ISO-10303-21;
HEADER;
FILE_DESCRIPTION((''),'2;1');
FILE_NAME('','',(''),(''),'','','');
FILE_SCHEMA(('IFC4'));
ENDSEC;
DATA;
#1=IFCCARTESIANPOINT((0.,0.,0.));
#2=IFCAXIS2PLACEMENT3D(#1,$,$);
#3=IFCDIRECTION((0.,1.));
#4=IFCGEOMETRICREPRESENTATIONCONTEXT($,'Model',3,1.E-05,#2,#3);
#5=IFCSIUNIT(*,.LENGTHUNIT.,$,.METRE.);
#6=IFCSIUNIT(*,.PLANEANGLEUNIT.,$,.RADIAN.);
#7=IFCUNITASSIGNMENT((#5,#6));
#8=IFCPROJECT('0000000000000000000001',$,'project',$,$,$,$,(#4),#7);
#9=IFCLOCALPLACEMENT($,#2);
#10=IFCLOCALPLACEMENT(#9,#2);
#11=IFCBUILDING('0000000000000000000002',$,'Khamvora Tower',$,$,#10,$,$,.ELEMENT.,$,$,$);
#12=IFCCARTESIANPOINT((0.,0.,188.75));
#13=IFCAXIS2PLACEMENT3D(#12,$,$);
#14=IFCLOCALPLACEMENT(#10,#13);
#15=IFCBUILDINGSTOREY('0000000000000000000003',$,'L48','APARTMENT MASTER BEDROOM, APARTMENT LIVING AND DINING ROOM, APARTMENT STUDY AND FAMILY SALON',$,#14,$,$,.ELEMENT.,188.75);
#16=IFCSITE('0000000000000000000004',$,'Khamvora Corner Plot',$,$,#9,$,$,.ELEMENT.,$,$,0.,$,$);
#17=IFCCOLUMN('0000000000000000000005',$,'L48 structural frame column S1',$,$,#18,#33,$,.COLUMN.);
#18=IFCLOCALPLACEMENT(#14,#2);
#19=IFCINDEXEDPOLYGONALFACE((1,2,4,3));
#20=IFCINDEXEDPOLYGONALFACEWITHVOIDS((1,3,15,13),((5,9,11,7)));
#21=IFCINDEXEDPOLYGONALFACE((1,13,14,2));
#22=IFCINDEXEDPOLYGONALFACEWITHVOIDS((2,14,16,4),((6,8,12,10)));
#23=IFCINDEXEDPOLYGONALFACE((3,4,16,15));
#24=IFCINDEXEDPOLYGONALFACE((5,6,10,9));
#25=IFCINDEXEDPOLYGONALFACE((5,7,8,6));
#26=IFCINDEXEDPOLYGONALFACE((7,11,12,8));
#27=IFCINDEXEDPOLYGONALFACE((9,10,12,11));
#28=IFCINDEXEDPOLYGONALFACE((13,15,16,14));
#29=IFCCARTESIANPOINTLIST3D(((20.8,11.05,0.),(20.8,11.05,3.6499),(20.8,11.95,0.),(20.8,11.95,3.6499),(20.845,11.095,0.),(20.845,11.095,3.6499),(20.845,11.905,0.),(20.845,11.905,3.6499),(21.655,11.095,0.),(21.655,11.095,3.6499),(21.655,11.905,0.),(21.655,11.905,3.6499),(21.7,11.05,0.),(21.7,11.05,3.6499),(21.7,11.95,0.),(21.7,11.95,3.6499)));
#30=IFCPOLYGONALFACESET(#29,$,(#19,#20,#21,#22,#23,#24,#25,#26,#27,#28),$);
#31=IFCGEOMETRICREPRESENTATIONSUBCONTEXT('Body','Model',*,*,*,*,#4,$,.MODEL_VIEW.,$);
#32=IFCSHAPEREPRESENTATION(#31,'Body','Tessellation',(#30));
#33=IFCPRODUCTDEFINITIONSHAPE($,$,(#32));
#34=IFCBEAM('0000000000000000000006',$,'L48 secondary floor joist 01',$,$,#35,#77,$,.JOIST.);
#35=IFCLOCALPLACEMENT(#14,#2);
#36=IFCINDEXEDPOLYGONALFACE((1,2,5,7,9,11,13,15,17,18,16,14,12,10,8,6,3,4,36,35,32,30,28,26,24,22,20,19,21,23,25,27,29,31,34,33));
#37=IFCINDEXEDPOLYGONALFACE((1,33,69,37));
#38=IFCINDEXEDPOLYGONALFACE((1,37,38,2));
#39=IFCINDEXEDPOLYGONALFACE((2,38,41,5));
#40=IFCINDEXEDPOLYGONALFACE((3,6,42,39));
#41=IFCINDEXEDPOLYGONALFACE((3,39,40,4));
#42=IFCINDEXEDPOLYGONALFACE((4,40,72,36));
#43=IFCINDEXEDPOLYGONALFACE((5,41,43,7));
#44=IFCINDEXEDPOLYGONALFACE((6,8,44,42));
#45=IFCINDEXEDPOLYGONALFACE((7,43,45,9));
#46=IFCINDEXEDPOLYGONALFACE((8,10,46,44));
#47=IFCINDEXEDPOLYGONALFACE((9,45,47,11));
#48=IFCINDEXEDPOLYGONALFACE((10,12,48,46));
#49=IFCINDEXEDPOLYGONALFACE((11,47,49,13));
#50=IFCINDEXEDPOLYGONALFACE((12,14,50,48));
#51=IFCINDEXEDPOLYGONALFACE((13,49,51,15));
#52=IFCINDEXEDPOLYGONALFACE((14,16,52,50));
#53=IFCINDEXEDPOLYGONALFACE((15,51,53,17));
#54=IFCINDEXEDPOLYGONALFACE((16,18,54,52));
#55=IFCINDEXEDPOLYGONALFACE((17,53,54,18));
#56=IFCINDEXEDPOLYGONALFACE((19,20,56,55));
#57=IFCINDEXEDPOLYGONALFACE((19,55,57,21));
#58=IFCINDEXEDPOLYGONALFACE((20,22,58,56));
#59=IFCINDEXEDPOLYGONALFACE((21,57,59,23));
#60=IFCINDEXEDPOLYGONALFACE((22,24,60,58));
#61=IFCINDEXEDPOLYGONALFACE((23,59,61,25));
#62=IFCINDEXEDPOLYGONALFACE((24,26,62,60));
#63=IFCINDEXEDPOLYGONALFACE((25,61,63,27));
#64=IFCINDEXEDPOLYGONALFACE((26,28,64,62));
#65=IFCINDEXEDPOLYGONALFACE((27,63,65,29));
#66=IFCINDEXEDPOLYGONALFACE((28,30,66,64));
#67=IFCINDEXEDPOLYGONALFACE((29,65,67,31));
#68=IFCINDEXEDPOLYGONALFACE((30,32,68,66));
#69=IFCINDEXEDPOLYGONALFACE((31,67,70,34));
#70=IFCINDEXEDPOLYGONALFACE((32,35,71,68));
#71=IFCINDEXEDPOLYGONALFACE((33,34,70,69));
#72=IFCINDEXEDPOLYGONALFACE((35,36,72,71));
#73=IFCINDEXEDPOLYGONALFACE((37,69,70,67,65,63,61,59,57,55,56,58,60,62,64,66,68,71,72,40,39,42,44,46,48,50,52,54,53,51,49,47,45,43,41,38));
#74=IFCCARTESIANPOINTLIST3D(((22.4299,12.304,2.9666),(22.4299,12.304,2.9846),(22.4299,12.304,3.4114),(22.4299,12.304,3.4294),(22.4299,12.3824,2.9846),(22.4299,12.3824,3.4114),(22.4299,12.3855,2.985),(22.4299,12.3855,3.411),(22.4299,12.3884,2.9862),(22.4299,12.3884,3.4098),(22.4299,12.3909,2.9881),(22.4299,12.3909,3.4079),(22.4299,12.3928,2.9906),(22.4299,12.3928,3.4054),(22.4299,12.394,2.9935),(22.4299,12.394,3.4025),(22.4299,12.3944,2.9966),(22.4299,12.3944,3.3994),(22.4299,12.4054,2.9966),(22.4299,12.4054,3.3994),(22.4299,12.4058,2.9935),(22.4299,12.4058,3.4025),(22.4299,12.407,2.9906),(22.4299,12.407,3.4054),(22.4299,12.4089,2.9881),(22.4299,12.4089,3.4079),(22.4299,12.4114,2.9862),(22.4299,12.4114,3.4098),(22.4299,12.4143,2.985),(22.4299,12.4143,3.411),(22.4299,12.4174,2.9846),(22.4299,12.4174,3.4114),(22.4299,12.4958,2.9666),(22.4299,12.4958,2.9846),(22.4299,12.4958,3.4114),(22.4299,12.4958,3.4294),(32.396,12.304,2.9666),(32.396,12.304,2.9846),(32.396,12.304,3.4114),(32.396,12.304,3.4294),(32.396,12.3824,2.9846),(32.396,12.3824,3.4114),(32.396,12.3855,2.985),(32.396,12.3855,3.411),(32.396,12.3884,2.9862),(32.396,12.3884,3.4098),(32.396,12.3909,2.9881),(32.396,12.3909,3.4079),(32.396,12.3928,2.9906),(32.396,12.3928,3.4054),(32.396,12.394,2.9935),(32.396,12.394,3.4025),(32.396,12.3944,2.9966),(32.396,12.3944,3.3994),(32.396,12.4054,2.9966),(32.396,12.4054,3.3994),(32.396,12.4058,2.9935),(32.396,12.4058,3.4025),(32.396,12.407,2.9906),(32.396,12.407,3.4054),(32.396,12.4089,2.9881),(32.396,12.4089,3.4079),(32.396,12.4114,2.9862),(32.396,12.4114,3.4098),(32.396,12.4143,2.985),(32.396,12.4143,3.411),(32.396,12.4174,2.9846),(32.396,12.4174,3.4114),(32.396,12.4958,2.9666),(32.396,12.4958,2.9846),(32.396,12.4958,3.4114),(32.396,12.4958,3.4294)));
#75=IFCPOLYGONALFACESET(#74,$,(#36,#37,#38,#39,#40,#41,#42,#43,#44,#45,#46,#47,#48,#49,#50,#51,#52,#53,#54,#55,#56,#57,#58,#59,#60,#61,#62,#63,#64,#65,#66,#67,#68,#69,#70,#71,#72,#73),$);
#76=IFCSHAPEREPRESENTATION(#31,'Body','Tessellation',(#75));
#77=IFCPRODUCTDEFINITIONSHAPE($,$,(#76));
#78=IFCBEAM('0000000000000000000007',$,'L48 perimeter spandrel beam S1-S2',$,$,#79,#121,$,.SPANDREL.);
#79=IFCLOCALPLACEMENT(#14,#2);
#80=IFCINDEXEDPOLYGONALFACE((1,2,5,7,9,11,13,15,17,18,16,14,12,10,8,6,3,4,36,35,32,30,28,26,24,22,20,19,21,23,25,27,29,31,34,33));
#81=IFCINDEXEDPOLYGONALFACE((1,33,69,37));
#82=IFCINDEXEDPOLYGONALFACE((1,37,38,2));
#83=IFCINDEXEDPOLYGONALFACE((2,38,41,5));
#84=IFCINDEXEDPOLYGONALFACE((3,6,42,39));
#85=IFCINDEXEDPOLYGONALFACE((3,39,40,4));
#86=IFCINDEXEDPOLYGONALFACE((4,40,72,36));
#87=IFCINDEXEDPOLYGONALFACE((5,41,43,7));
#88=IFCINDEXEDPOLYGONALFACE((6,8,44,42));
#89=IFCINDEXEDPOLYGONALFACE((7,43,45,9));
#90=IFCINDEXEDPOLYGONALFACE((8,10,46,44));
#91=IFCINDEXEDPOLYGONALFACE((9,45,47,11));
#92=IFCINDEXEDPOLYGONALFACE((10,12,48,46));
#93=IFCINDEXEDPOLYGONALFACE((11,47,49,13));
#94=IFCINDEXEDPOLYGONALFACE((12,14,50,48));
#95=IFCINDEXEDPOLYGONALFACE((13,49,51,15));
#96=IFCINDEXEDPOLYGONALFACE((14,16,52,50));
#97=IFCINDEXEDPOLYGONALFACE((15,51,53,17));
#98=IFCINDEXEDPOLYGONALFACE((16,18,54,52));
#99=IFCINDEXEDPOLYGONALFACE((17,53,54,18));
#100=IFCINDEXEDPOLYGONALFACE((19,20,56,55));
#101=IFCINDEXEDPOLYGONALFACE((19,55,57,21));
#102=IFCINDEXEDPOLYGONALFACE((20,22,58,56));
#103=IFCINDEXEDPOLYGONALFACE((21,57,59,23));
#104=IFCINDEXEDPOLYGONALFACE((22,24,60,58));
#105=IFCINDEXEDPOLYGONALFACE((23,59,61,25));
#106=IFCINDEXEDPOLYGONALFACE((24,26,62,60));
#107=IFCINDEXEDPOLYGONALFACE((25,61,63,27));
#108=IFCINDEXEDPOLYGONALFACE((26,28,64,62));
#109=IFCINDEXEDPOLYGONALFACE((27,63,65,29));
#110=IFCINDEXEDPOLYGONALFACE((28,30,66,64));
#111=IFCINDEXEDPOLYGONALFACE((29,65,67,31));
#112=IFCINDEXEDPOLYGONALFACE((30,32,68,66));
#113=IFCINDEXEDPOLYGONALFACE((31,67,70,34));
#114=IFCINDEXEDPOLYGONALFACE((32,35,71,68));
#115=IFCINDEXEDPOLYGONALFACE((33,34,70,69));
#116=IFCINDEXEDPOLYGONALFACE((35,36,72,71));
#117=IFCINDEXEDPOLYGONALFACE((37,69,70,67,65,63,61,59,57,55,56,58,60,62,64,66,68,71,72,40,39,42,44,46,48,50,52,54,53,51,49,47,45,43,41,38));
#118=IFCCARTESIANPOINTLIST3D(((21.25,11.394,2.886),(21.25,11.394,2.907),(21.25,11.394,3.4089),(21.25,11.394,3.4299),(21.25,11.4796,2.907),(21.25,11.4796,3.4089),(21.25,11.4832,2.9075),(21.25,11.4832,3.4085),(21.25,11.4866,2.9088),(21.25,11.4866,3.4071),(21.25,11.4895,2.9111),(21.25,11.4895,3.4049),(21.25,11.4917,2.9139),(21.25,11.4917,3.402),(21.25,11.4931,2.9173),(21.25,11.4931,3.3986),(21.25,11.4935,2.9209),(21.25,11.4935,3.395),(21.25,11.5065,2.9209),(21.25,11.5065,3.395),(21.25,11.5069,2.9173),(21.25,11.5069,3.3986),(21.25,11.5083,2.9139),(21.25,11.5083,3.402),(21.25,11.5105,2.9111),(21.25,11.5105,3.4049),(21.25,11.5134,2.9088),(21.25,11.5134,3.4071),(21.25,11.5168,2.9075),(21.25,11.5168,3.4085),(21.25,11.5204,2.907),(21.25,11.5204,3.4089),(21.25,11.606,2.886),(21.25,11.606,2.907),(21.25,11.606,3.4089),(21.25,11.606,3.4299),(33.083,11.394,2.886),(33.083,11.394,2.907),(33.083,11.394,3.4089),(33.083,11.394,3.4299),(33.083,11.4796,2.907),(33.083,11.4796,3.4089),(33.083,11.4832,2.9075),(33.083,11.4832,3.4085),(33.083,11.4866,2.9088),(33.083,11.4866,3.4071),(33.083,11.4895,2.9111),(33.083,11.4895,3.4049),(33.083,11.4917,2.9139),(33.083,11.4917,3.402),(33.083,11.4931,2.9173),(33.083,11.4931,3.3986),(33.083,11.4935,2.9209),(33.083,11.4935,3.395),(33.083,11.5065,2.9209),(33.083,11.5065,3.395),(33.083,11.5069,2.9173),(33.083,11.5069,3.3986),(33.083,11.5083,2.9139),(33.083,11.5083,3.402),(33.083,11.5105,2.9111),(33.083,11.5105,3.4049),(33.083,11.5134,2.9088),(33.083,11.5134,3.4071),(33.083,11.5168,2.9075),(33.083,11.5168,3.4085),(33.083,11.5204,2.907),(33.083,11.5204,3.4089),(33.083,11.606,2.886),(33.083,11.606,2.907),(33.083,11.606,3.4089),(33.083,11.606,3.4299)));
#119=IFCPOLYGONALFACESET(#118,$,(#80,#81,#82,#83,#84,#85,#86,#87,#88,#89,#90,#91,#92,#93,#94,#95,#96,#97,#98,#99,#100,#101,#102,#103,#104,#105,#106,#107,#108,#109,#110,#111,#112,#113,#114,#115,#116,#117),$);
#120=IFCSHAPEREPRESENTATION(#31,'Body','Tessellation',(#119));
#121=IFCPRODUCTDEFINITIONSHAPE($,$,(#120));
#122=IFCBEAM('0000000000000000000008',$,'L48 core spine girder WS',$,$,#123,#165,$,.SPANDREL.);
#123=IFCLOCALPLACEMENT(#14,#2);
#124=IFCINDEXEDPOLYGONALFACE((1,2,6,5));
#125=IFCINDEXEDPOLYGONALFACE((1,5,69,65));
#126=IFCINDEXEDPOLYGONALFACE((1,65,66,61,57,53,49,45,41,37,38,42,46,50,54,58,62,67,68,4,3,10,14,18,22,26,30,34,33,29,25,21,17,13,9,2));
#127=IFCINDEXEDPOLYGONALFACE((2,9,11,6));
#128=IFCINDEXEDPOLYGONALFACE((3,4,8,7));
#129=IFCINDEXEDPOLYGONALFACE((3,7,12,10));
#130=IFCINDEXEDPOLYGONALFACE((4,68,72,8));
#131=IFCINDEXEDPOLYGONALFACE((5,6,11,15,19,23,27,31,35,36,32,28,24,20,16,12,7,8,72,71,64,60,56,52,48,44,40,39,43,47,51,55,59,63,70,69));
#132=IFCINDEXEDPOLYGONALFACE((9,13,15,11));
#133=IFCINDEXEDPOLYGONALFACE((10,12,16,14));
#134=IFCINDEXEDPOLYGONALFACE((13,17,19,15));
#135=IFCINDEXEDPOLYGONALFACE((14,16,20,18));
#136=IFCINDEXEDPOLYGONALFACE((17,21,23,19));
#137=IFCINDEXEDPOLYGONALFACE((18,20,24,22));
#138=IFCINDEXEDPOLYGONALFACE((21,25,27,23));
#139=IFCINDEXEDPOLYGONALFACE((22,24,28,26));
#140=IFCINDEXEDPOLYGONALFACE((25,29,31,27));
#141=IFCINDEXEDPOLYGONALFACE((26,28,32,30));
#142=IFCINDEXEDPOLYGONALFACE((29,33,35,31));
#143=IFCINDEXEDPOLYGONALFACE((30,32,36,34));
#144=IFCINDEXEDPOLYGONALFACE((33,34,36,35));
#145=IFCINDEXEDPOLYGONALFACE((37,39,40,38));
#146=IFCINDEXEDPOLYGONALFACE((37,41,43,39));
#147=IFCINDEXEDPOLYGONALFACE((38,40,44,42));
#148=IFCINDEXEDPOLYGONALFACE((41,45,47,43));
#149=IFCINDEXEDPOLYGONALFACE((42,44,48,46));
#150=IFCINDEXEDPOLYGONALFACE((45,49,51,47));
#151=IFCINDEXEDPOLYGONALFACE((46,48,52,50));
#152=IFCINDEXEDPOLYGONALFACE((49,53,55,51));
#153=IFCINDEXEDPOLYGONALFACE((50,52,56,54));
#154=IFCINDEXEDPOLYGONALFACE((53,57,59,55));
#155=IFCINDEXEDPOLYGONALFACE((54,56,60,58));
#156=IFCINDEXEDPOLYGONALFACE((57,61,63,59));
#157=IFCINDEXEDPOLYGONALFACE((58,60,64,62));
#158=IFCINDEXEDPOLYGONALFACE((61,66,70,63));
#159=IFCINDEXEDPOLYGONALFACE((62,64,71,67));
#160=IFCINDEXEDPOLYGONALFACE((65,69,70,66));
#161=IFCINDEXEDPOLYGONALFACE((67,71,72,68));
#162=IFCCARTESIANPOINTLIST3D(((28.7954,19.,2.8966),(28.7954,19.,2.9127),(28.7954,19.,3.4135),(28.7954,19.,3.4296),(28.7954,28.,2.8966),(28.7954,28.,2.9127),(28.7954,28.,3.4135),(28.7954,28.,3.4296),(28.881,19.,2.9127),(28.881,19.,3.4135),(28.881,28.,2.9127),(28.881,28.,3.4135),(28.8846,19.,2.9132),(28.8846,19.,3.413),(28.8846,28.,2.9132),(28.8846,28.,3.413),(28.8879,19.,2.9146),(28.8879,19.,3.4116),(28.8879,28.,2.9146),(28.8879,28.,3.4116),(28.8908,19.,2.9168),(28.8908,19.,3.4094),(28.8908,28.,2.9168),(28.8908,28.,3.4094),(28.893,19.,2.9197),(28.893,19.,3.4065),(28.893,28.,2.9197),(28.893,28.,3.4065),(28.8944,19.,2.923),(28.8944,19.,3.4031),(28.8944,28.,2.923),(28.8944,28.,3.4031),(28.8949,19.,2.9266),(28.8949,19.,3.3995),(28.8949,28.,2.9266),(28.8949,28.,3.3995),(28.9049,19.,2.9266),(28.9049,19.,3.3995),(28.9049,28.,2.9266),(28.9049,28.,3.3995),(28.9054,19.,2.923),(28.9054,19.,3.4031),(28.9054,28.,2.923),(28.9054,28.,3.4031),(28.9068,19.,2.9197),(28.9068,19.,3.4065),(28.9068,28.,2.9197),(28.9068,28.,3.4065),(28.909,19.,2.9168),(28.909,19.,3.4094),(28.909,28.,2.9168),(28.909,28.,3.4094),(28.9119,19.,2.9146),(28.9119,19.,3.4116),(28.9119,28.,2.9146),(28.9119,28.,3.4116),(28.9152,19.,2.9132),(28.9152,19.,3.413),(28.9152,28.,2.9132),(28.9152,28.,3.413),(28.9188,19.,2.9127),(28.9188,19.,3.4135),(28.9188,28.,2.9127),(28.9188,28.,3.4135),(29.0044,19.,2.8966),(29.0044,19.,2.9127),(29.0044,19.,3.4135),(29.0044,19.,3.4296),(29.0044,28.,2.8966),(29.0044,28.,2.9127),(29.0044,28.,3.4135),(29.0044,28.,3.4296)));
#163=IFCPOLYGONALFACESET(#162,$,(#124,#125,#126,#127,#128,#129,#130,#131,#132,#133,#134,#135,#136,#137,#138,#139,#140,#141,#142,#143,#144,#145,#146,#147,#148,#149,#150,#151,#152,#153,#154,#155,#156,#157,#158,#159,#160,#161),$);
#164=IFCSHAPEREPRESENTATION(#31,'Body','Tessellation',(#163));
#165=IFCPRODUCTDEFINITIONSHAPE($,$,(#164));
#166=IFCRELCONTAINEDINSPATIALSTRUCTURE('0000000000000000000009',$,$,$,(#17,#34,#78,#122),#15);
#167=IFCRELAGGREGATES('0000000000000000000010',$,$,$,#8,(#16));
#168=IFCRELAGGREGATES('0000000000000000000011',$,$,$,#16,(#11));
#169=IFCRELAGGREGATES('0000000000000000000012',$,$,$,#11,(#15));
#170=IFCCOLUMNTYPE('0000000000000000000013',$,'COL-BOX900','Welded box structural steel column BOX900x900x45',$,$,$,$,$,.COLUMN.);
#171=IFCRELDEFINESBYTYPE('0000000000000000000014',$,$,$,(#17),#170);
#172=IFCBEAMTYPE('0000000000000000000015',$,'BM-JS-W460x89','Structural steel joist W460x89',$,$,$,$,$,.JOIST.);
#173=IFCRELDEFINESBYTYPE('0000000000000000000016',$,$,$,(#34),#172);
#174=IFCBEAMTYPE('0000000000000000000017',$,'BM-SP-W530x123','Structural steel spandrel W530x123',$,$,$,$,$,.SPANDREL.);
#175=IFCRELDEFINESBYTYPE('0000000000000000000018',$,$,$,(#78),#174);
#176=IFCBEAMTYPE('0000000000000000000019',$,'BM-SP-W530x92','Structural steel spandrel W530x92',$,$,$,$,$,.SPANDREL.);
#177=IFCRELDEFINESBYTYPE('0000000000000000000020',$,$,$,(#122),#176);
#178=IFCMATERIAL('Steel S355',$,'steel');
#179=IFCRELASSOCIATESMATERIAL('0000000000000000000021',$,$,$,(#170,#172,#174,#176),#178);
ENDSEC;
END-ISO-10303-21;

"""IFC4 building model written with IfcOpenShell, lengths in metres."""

from ifc_helpers import new_model, si_unit, direction, frame, origin, origin_2d, place, context, subcontext, project, spatial, hollow_rectangle, i_section, extrude, material, material_profile, profile_set, type_object, element, save


model = new_model("IFC4")

# Units and contexts
model_context = context("Model", 3, precision=1e-05, world=origin(), true_north=direction((0.0, 1.0)))
body_context = subcontext(model_context, "Body", "Model", "MODEL_VIEW")
ifc_project = project(units=[si_unit("LENGTHUNIT", "METRE"), si_unit("PLANEANGLEUNIT", "RADIAN")], contexts=[model_context])

# Site, building, storey
site_placement = place(None, origin())
site = spatial("IfcSite", under=ifc_project, at=site_placement, Name="Khamvora Corner Plot", CompositionType="ELEMENT", RefElevation=0.0)
building_placement = place(site_placement, origin())
building = spatial("IfcBuilding", under=site, at=building_placement, Name="Khamvora Tower", CompositionType="ELEMENT")
storey_placement = place(building_placement, frame((0.0, 0.0, 188.75)))
storey = spatial("IfcBuildingStorey", under=building, at=storey_placement, Name="L48", Description="APARTMENT MASTER BEDROOM, APARTMENT LIVING AND DINING ROOM, APARTMENT STUDY AND FAMILY SALON", CompositionType="ELEMENT", Elevation=188.75)

# Column
ifc_material_1 = material(Name="Steel S355", Category="steel")
ifc_material_profile_1 = material_profile(ifc_material_1, hollow_rectangle(XDim=0.8999, YDim=0.8999, WallThickness=0.0449, at=origin_2d()), Name="BOX900x900x45")
ifc_profile_set_1 = profile_set([ifc_material_profile_1], Name="Steel S355")
column_type = type_object("IfcColumnType", Name="COL-BOX900", Description="Welded box structural steel column BOX900x900x45", PredefinedType="COLUMN", material=ifc_profile_set_1)
column_placement = place(storey_placement, frame((21.25, 11.5, 0.0), z_axis=(0.0, 0.0, 1.0), x_axis=(1.0, 0.0, 0.0)))
element("IfcColumn", 1, at=column_placement, inside=storey, type_object=column_type, Name="L48 structural frame column S1", PredefinedType="COLUMN", context=body_context, shape_type="SweptSolid", body=[
    extrude(hollow_rectangle(XDim=0.8999, YDim=0.8999, WallThickness=0.0449, at=origin_2d()), origin(), (0.0, 0.0, 1.0), 3.6499),
])

# Beams
ifc_material_profile_2 = material_profile(ifc_material_1, i_section(OverallWidth=0.1919, OverallDepth=0.4629, WebThickness=0.011, FlangeThickness=0.0181, FilletRadius=0.012, at=origin_2d()), Name="W460x89")
ifc_profile_set_2 = profile_set([ifc_material_profile_2], Name="Steel S355")
beam_type_1 = type_object("IfcBeamType", Name="BM-JS-W460x89", Description="Structural steel joist W460x89", PredefinedType="JOIST", material=ifc_profile_set_2)
beam_1_placement = place(storey_placement, frame((22.4299, 12.3999, 3.198), z_axis=(1.0, 0.0, 0.0), x_axis=(0.0, 1.0, 0.0)))
element("IfcBeam", 2, at=beam_1_placement, inside=storey, type_object=beam_type_1, Name="L48 secondary floor joist 01", PredefinedType="JOIST", context=body_context, shape_type="SweptSolid", body=[
    extrude(i_section(OverallWidth=0.1919, OverallDepth=0.4629, WebThickness=0.011, FlangeThickness=0.0181, FilletRadius=0.012, at=origin_2d()), origin(), (0.0, 0.0, 1.0), 9.9661),
])
ifc_material_profile_3 = material_profile(ifc_material_1, i_section(OverallWidth=0.2119, OverallDepth=0.5439, WebThickness=0.0129, FlangeThickness=0.021, FilletRadius=0.0139, at=origin_2d()), Name="W530x123")
ifc_profile_set_3 = profile_set([ifc_material_profile_3], Name="Steel S355")
beam_type_2 = type_object("IfcBeamType", Name="BM-SP-W530x123", Description="Structural steel spandrel W530x123", PredefinedType="SPANDREL", material=ifc_profile_set_3)
beam_2_placement = place(storey_placement, frame((21.25, 11.5, 3.158), z_axis=(1.0, 0.0, 0.0), x_axis=(0.0, 1.0, 0.0)))
element("IfcBeam", 3, at=beam_2_placement, inside=storey, type_object=beam_type_2, Name="L48 perimeter spandrel beam S1-S2", PredefinedType="SPANDREL", context=body_context, shape_type="SweptSolid", body=[
    extrude(i_section(OverallWidth=0.2119, OverallDepth=0.5439, WebThickness=0.0129, FlangeThickness=0.021, FilletRadius=0.0139, at=origin_2d()), origin(), (0.0, 0.0, 1.0), 11.833),
])
ifc_material_profile_4 = material_profile(ifc_material_1, i_section(OverallWidth=0.209, OverallDepth=0.533, WebThickness=0.01, FlangeThickness=0.0161, FilletRadius=0.0139, at=origin_2d()), Name="W530x92")
ifc_profile_set_4 = profile_set([ifc_material_profile_4], Name="Steel S355")
beam_type_3 = type_object("IfcBeamType", Name="BM-SP-W530x92", Description="Structural steel spandrel W530x92", PredefinedType="SPANDREL", material=ifc_profile_set_4)
beam_3_placement = place(storey_placement, frame((28.8999, 19.0, 3.1631), z_axis=(0.0, 1.0, 0.0), x_axis=(-1.0, 0.0, 0.0)))
element("IfcBeam", 4, at=beam_3_placement, inside=storey, type_object=beam_type_3, Name="L48 core spine girder WS", PredefinedType="SPANDREL", context=body_context, shape_type="SweptSolid", body=[
    extrude(i_section(OverallWidth=0.209, OverallDepth=0.533, WebThickness=0.01, FlangeThickness=0.0161, FilletRadius=0.0139, at=origin_2d()), origin(), (0.0, 0.0, 1.0), 9.0),
])

save(model, "model.ifc")
